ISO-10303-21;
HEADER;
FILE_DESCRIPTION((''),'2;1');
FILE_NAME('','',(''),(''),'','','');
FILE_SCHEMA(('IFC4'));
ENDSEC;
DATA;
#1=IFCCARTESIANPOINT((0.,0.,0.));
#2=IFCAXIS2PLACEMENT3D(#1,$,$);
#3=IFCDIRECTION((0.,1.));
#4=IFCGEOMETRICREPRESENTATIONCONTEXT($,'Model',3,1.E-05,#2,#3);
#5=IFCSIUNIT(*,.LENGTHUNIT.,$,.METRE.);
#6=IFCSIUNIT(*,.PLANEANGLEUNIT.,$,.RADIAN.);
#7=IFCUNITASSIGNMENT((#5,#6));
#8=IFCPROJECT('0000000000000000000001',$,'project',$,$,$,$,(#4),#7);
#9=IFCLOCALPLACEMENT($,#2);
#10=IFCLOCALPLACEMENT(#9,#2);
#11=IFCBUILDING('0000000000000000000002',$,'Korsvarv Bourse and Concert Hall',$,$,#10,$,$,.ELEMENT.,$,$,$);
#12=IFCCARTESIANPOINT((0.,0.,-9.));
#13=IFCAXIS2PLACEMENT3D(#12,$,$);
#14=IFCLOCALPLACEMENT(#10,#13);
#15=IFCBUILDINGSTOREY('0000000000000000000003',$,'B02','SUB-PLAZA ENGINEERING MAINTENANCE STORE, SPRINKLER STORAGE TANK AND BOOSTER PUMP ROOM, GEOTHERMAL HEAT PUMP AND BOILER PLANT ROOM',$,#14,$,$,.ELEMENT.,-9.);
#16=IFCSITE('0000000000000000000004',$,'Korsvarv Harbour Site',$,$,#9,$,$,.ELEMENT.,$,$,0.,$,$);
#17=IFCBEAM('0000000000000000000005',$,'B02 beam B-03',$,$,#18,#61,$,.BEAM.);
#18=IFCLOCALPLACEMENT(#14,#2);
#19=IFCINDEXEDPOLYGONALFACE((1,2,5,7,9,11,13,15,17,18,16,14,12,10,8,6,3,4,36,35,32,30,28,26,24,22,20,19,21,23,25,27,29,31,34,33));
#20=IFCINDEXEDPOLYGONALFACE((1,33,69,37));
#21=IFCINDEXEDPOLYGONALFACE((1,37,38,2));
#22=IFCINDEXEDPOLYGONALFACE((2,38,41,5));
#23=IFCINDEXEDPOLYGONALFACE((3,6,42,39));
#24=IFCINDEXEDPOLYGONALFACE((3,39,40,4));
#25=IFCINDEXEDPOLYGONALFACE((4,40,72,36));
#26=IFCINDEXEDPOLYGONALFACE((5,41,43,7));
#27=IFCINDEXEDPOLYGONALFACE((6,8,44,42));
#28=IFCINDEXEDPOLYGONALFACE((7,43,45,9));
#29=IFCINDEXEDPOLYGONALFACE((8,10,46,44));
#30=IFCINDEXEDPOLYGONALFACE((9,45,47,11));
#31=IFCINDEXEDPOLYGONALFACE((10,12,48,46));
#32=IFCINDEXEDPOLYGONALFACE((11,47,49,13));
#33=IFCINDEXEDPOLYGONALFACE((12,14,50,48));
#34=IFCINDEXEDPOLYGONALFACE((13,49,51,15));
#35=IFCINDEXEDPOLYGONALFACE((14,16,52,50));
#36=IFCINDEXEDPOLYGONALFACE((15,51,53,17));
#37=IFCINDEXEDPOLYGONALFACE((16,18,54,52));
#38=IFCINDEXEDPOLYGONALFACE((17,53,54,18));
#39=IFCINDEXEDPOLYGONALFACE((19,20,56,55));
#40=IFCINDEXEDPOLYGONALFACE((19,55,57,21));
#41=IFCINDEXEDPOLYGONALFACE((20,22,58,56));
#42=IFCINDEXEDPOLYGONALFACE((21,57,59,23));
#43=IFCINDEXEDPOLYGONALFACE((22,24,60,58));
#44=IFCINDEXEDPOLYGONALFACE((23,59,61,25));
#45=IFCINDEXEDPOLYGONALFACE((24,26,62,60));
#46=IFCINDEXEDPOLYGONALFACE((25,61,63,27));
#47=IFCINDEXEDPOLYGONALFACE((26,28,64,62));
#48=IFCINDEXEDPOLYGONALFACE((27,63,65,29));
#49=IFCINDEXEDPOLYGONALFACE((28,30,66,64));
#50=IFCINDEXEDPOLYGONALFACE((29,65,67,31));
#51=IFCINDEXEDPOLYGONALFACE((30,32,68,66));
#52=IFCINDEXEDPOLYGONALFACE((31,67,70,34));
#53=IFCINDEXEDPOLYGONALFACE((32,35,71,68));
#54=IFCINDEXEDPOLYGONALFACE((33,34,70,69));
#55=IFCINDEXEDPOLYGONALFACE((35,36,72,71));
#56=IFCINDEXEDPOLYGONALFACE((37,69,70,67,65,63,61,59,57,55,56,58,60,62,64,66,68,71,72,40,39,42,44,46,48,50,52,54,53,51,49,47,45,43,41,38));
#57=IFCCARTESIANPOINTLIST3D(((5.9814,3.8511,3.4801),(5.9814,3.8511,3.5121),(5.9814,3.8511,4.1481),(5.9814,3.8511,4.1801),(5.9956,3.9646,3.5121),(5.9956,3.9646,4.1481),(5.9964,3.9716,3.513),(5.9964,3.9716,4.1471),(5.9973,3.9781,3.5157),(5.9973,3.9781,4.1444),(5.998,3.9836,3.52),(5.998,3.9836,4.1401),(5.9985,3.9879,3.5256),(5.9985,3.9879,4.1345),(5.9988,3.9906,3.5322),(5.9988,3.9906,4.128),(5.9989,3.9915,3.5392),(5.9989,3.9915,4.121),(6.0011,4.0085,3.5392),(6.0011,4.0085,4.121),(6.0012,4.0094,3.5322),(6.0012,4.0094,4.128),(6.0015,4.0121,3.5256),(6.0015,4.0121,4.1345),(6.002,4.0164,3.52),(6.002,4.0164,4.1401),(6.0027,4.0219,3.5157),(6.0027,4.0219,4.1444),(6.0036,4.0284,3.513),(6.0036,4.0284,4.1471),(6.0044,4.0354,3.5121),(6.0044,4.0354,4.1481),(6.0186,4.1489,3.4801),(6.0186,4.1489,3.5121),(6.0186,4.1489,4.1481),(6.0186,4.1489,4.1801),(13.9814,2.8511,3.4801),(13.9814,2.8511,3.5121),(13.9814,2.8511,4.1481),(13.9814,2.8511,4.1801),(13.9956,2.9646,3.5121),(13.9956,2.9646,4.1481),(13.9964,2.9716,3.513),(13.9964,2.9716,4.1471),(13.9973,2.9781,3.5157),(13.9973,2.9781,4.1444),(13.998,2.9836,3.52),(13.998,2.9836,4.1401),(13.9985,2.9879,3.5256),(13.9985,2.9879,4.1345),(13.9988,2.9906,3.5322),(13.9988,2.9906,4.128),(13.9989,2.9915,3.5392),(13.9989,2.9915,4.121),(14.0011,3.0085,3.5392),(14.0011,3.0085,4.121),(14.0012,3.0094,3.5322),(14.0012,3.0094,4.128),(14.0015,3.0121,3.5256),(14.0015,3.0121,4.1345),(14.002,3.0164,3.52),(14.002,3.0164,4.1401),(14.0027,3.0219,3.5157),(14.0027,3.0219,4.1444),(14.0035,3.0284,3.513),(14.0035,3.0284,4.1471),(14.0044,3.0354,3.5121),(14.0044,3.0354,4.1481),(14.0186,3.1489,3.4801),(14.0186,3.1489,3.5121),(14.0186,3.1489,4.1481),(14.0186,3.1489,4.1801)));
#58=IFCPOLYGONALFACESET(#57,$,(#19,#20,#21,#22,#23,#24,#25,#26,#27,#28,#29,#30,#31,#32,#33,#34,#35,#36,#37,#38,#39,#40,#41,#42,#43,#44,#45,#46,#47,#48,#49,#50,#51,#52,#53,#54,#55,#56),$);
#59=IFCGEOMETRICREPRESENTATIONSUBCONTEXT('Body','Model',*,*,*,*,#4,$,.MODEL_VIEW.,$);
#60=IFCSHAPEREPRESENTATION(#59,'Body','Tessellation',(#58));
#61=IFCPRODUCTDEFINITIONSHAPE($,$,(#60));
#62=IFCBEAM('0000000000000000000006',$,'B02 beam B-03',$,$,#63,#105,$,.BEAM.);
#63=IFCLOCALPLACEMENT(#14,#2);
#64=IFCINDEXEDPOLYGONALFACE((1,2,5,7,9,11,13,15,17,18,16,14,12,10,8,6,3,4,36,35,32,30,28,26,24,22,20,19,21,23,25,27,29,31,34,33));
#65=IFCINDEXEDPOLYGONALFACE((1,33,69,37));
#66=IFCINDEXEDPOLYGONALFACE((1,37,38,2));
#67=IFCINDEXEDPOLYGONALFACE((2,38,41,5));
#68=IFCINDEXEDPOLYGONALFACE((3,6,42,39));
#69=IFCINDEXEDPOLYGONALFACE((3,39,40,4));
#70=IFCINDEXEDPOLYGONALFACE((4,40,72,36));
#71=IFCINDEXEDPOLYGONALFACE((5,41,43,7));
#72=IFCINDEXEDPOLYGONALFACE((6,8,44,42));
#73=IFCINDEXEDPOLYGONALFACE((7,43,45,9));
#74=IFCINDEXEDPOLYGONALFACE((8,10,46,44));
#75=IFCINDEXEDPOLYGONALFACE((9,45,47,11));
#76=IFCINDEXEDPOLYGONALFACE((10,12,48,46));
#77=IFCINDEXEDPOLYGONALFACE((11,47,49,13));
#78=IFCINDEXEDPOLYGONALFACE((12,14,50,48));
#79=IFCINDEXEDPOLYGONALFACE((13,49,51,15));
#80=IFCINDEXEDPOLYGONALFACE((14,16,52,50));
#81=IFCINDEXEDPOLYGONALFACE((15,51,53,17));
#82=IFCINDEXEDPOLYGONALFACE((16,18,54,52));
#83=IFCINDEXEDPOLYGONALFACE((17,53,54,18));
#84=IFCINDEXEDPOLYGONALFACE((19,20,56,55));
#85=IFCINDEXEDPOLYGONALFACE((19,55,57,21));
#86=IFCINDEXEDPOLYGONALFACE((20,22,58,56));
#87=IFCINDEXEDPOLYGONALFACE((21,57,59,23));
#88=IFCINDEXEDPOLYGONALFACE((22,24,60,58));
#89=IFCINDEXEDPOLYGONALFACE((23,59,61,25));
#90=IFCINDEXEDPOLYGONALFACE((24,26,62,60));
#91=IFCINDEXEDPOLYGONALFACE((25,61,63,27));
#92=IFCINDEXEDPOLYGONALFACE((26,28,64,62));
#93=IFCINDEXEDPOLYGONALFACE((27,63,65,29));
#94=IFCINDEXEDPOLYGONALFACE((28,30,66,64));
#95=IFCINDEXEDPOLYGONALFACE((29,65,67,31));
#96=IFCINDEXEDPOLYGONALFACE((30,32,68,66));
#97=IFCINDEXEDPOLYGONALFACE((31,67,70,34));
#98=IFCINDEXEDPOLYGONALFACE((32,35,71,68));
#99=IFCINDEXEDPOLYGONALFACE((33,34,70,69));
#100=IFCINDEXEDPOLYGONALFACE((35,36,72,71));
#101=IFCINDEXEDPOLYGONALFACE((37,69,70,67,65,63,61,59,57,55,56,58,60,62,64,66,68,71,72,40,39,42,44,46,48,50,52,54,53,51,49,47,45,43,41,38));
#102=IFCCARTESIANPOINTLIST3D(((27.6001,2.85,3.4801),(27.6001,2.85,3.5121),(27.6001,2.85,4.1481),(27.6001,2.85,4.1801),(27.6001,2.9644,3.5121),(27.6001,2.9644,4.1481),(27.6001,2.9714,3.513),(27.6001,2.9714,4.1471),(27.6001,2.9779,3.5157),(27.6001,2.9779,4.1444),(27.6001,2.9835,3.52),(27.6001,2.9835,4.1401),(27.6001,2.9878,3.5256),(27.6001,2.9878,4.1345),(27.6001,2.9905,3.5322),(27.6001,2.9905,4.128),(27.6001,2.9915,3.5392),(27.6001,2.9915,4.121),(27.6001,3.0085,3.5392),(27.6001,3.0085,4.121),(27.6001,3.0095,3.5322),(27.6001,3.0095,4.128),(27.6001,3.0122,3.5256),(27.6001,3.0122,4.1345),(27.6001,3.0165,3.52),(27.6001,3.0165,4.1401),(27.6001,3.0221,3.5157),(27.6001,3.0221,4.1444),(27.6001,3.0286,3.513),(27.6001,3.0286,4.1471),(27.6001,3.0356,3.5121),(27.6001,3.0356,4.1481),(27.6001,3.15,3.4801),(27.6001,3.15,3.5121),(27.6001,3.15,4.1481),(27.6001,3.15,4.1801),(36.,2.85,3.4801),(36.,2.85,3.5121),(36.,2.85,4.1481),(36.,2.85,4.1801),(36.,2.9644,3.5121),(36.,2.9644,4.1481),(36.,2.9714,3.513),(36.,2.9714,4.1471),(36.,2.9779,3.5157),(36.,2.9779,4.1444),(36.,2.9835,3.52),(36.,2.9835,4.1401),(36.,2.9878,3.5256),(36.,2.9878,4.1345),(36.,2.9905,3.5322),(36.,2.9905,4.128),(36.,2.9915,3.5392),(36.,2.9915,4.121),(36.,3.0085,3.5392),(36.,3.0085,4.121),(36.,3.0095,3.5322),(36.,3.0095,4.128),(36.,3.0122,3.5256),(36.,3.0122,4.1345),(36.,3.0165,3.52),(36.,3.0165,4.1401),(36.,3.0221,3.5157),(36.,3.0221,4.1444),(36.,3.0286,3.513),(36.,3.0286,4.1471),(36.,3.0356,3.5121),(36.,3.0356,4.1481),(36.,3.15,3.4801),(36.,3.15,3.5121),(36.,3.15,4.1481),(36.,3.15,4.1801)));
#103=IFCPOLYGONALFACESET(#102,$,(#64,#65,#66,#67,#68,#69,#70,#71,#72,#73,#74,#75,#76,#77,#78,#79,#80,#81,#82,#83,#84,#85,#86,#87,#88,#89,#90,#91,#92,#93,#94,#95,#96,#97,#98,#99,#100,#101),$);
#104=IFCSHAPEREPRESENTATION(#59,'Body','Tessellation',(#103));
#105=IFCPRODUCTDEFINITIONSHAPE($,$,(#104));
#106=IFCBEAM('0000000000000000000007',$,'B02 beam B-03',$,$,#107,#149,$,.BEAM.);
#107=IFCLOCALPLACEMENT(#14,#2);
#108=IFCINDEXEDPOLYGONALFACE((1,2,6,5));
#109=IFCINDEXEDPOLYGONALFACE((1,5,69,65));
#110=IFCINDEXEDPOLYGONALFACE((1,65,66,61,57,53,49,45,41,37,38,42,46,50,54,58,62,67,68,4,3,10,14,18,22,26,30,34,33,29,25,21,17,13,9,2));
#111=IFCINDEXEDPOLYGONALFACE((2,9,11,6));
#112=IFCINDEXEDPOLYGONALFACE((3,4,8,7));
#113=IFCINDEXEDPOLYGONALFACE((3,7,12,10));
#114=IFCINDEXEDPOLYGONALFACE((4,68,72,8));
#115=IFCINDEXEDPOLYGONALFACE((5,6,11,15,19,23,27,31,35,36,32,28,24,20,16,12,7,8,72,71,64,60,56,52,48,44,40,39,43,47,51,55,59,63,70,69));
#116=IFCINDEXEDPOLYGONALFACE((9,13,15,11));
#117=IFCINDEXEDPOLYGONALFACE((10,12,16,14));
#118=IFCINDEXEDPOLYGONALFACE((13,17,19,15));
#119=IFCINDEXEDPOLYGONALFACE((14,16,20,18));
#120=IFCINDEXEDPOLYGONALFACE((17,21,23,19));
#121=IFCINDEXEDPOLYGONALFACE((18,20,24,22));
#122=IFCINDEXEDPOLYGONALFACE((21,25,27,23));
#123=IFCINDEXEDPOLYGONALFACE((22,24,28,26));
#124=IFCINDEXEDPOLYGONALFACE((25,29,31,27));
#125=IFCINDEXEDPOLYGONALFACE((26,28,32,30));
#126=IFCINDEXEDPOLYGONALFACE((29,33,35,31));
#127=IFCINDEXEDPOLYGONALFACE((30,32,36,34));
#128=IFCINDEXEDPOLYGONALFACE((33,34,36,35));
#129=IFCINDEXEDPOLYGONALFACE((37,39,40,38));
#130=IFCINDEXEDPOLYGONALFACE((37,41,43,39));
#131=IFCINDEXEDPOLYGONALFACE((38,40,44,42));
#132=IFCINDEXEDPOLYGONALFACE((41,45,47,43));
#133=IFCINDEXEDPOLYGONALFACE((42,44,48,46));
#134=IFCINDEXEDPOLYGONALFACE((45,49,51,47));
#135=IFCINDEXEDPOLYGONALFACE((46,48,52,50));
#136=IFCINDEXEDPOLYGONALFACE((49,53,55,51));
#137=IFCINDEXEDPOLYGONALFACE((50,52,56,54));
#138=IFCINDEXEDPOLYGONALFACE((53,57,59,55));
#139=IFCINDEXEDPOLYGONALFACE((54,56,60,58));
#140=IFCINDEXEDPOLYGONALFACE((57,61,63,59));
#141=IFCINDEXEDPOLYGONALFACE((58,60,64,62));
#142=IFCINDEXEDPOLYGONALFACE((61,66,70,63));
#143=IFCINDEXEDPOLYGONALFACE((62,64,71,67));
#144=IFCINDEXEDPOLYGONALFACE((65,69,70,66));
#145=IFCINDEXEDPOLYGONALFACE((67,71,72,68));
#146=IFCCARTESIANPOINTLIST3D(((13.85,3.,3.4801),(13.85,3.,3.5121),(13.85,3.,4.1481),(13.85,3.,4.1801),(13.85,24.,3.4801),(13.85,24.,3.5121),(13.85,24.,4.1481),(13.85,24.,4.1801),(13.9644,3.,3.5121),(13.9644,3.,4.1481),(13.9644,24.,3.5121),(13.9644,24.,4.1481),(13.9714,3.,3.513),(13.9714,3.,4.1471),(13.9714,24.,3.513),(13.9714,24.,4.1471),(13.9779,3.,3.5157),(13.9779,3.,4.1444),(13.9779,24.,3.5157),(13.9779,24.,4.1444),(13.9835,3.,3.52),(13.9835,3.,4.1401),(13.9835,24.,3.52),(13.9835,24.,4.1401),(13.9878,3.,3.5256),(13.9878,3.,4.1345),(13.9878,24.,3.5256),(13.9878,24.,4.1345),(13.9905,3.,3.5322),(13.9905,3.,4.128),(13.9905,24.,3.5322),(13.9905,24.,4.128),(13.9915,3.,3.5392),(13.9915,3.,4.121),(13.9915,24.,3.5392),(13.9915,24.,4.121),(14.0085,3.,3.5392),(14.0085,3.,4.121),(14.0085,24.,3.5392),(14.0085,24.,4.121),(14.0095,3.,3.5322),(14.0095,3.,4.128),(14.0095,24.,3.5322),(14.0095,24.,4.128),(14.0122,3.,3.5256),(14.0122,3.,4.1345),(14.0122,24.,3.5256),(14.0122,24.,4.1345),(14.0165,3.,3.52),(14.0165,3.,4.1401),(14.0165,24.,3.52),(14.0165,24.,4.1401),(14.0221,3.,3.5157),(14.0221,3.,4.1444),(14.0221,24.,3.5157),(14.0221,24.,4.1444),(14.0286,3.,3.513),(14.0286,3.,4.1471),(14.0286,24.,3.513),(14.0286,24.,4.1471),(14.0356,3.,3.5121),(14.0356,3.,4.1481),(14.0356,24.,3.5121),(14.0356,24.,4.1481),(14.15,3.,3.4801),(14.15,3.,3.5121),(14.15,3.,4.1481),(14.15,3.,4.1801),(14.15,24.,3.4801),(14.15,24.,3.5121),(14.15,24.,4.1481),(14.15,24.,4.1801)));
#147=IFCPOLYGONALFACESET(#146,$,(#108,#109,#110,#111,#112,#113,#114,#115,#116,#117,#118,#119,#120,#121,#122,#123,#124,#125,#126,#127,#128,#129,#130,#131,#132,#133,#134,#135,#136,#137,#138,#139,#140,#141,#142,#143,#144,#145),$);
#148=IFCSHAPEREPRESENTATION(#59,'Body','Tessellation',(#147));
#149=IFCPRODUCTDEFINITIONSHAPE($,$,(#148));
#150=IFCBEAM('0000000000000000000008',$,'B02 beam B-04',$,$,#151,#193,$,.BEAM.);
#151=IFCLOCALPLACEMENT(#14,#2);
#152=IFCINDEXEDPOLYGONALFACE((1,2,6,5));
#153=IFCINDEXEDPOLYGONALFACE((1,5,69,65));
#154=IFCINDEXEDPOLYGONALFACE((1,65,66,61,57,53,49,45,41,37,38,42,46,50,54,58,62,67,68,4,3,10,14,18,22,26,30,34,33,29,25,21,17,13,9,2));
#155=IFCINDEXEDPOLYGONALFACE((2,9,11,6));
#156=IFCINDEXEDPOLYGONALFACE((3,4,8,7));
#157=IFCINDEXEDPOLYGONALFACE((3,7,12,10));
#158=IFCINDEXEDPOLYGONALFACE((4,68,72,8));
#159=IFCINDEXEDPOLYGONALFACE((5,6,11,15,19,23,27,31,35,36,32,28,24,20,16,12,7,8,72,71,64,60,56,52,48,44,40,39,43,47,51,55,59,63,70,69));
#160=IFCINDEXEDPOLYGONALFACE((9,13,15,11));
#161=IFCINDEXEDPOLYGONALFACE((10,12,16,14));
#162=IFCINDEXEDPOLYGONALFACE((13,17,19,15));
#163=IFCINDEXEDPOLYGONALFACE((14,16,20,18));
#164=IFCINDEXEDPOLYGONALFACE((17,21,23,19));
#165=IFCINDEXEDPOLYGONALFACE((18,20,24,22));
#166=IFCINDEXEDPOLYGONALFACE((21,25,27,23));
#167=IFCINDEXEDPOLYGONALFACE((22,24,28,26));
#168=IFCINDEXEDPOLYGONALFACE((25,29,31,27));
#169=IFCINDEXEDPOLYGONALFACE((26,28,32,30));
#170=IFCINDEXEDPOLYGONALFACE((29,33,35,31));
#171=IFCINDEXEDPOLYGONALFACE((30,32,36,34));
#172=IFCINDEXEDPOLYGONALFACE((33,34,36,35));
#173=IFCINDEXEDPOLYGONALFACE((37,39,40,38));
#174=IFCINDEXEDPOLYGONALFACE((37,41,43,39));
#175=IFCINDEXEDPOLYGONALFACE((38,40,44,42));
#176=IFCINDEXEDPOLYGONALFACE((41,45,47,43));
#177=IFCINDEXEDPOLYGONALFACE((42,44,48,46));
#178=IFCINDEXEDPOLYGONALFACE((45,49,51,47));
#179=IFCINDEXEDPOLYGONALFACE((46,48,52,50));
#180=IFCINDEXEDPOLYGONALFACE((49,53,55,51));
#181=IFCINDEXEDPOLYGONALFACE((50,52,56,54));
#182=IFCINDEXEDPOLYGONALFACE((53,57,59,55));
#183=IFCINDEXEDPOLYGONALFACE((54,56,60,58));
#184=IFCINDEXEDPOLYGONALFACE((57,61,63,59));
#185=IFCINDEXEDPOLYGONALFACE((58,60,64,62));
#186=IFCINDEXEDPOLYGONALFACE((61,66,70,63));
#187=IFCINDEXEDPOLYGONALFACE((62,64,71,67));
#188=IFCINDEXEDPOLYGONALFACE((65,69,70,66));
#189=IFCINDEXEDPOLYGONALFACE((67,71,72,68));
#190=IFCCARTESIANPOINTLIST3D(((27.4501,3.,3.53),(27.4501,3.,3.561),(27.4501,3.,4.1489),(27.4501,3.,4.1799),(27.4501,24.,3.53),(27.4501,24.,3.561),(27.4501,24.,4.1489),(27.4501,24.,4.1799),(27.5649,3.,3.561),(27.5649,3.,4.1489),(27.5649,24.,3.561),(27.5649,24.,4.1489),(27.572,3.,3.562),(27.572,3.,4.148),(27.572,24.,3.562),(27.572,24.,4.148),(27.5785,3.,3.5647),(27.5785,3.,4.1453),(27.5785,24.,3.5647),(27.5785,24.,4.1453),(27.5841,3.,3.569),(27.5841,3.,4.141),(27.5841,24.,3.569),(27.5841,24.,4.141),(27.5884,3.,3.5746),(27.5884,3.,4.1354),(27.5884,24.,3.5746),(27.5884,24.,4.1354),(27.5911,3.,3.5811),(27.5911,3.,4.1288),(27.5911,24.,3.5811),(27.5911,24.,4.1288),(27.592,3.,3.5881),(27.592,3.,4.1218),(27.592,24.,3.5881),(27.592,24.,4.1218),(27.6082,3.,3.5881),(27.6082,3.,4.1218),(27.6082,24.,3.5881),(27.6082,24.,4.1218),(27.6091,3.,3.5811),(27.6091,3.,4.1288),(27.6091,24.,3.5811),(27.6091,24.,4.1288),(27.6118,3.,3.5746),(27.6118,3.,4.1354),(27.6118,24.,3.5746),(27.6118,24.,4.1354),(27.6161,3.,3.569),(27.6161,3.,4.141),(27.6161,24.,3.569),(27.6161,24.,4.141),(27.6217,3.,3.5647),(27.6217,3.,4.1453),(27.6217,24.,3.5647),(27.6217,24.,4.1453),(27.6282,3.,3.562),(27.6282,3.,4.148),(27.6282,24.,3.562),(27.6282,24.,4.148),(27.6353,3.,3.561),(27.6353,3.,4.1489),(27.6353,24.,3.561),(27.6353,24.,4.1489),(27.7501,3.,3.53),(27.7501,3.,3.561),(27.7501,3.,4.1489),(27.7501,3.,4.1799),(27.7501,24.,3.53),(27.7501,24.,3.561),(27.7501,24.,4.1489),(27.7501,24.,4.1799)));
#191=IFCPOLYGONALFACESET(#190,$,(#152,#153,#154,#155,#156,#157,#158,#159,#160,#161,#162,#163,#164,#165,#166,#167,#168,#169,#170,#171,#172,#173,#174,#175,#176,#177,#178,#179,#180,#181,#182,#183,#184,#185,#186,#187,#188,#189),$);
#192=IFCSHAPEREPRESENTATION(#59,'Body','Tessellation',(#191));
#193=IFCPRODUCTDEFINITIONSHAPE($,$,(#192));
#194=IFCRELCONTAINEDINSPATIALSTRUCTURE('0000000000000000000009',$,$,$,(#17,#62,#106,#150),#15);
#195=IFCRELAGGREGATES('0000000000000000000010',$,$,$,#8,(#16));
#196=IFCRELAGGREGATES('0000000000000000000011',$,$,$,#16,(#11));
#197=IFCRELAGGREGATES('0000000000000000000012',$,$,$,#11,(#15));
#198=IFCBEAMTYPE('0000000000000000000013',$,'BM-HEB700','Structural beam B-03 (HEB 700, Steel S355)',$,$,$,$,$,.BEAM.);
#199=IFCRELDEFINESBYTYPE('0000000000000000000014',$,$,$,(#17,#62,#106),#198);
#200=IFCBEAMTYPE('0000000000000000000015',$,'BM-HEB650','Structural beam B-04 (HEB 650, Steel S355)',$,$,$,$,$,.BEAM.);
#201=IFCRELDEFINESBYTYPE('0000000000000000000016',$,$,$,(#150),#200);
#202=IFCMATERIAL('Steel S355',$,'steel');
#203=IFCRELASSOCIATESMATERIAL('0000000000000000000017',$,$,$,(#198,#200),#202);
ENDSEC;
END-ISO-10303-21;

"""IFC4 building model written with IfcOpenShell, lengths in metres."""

from ifc_helpers import new_model, si_unit, direction, frame, origin, origin_2d, place, context, subcontext, project, spatial, i_section, extrude, source, transform, mapped, material, material_profile, profile_set, type_object, element, save


model = new_model("IFC4")

# Units and contexts
model_context = context("Model", 3, precision=1e-05, world=origin(), true_north=direction((0.0, 1.0)))
body_context = subcontext(model_context, "Body", "Model", "MODEL_VIEW")
ifc_project = project(units=[si_unit("LENGTHUNIT", "METRE"), si_unit("PLANEANGLEUNIT", "RADIAN")], contexts=[model_context])

# Site, building, storey
site_placement = place(None, origin())
site = spatial("IfcSite", under=ifc_project, at=site_placement, Name="Korsvarv Harbour Site", CompositionType="ELEMENT", RefElevation=0.0)
building_placement = place(site_placement, origin())
building = spatial("IfcBuilding", under=site, at=building_placement, Name="Korsvarv Bourse and Concert Hall", CompositionType="ELEMENT")
storey_placement = place(building_placement, frame((0.0, 0.0, -9.0)))
storey = spatial("IfcBuildingStorey", under=building, at=storey_placement, Name="B02", Description="SUB-PLAZA ENGINEERING MAINTENANCE STORE, SPRINKLER STORAGE TANK AND BOOSTER PUMP ROOM, GEOTHERMAL HEAT PUMP AND BOILER PLANT ROOM", CompositionType="ELEMENT", Elevation=-9.0)

# Beams
ifc_material_1 = material(Name="Steel S355", Category="steel")
ifc_material_profile_1 = material_profile(ifc_material_1, i_section(OverallWidth=0.3, OverallDepth=0.7, WebThickness=0.0171, FlangeThickness=0.032, FilletRadius=0.0271, at=origin_2d()), Name="HEB 700")
ifc_profile_set_1 = profile_set([ifc_material_profile_1], Name="Steel S355")
beam_type_1 = type_object("IfcBeamType", Name="BM-HEB700", Description="Structural beam B-03 (HEB 700, Steel S355)", PredefinedType="BEAM", material=ifc_profile_set_1)
shared_shape_1 = source(origin(), body_context, "Body", "SweptSolid", [
    extrude(i_section(OverallWidth=0.3, OverallDepth=0.7, WebThickness=0.0171, FlangeThickness=0.032, FilletRadius=0.0271, at=origin_2d()), origin(), (0.0, 0.0, 1.0), 8.0623),
])
beam_1_placement = place(storey_placement, frame((6.0, 4.0, 3.8301), z_axis=(0.992278, -0.124035, 0.0), x_axis=(0.124035, 0.992278, 0.0)))
element("IfcBeam", 1, at=beam_1_placement, inside=storey, type_object=beam_type_1, Name="B02 beam B-03", PredefinedType="BEAM", context=body_context, shape_type="MappedRepresentation", body=[
    mapped(shared_shape_1, transform((0.0, 0.0, 0.0), scale=1.0)),
])
shared_shape_2 = source(origin(), body_context, "Body", "SweptSolid", [
    extrude(i_section(OverallWidth=0.3, OverallDepth=0.7, WebThickness=0.0171, FlangeThickness=0.032, FilletRadius=0.0271, at=origin_2d()), origin(), (0.0, 0.0, 1.0), 8.3999),
])
beam_2_placement = place(storey_placement, frame((27.6001, 3.0, 3.8301), z_axis=(1.0, 0.0, 0.0), x_axis=(0.0, 1.0, 0.0)))
element("IfcBeam", 2, at=beam_2_placement, inside=storey, type_object=beam_type_1, Name="B02 beam B-03", PredefinedType="BEAM", context=body_context, shape_type="MappedRepresentation", body=[
    mapped(shared_shape_2, transform((0.0, 0.0, 0.0), scale=1.0)),
])
shared_shape_3 = source(origin(), body_context, "Body", "SweptSolid", [
    extrude(i_section(OverallWidth=0.3, OverallDepth=0.7, WebThickness=0.0171, FlangeThickness=0.032, FilletRadius=0.0271, at=origin_2d()), origin(), (0.0, 0.0, 1.0), 21.0),
])
beam_3_placement = place(storey_placement, frame((14.0, 3.0, 3.8301), z_axis=(0.0, 1.0, 0.0), x_axis=(-1.0, 0.0, 0.0)))
element("IfcBeam", 3, at=beam_3_placement, inside=storey, type_object=beam_type_1, Name="B02 beam B-03", PredefinedType="BEAM", context=body_context, shape_type="MappedRepresentation", body=[
    mapped(shared_shape_3, transform((0.0, 0.0, 0.0), scale=1.0)),
])
ifc_material_profile_2 = material_profile(ifc_material_1, i_section(OverallWidth=0.3, OverallDepth=0.6499, WebThickness=0.0161, FlangeThickness=0.031, FilletRadius=0.0271, at=origin_2d()), Name="HEB 650")
ifc_profile_set_2 = profile_set([ifc_material_profile_2], Name="Steel S355")
beam_type_2 = type_object("IfcBeamType", Name="BM-HEB650", Description="Structural beam B-04 (HEB 650, Steel S355)", PredefinedType="BEAM", material=ifc_profile_set_2)
shared_shape_4 = source(origin(), body_context, "Body", "SweptSolid", [
    extrude(i_section(OverallWidth=0.3, OverallDepth=0.6499, WebThickness=0.0161, FlangeThickness=0.031, FilletRadius=0.0271, at=origin_2d()), origin(), (0.0, 0.0, 1.0), 21.0),
])
beam_4_placement = place(storey_placement, frame((27.6001, 3.0, 3.855), z_axis=(0.0, 1.0, 0.0), x_axis=(-1.0, 0.0, 0.0)))
element("IfcBeam", 4, at=beam_4_placement, inside=storey, type_object=beam_type_2, Name="B02 beam B-04", PredefinedType="BEAM", context=body_context, shape_type="MappedRepresentation", body=[
    mapped(shared_shape_4, transform((0.0, 0.0, 0.0), scale=1.0)),
])

save(model, "model.ifc")
